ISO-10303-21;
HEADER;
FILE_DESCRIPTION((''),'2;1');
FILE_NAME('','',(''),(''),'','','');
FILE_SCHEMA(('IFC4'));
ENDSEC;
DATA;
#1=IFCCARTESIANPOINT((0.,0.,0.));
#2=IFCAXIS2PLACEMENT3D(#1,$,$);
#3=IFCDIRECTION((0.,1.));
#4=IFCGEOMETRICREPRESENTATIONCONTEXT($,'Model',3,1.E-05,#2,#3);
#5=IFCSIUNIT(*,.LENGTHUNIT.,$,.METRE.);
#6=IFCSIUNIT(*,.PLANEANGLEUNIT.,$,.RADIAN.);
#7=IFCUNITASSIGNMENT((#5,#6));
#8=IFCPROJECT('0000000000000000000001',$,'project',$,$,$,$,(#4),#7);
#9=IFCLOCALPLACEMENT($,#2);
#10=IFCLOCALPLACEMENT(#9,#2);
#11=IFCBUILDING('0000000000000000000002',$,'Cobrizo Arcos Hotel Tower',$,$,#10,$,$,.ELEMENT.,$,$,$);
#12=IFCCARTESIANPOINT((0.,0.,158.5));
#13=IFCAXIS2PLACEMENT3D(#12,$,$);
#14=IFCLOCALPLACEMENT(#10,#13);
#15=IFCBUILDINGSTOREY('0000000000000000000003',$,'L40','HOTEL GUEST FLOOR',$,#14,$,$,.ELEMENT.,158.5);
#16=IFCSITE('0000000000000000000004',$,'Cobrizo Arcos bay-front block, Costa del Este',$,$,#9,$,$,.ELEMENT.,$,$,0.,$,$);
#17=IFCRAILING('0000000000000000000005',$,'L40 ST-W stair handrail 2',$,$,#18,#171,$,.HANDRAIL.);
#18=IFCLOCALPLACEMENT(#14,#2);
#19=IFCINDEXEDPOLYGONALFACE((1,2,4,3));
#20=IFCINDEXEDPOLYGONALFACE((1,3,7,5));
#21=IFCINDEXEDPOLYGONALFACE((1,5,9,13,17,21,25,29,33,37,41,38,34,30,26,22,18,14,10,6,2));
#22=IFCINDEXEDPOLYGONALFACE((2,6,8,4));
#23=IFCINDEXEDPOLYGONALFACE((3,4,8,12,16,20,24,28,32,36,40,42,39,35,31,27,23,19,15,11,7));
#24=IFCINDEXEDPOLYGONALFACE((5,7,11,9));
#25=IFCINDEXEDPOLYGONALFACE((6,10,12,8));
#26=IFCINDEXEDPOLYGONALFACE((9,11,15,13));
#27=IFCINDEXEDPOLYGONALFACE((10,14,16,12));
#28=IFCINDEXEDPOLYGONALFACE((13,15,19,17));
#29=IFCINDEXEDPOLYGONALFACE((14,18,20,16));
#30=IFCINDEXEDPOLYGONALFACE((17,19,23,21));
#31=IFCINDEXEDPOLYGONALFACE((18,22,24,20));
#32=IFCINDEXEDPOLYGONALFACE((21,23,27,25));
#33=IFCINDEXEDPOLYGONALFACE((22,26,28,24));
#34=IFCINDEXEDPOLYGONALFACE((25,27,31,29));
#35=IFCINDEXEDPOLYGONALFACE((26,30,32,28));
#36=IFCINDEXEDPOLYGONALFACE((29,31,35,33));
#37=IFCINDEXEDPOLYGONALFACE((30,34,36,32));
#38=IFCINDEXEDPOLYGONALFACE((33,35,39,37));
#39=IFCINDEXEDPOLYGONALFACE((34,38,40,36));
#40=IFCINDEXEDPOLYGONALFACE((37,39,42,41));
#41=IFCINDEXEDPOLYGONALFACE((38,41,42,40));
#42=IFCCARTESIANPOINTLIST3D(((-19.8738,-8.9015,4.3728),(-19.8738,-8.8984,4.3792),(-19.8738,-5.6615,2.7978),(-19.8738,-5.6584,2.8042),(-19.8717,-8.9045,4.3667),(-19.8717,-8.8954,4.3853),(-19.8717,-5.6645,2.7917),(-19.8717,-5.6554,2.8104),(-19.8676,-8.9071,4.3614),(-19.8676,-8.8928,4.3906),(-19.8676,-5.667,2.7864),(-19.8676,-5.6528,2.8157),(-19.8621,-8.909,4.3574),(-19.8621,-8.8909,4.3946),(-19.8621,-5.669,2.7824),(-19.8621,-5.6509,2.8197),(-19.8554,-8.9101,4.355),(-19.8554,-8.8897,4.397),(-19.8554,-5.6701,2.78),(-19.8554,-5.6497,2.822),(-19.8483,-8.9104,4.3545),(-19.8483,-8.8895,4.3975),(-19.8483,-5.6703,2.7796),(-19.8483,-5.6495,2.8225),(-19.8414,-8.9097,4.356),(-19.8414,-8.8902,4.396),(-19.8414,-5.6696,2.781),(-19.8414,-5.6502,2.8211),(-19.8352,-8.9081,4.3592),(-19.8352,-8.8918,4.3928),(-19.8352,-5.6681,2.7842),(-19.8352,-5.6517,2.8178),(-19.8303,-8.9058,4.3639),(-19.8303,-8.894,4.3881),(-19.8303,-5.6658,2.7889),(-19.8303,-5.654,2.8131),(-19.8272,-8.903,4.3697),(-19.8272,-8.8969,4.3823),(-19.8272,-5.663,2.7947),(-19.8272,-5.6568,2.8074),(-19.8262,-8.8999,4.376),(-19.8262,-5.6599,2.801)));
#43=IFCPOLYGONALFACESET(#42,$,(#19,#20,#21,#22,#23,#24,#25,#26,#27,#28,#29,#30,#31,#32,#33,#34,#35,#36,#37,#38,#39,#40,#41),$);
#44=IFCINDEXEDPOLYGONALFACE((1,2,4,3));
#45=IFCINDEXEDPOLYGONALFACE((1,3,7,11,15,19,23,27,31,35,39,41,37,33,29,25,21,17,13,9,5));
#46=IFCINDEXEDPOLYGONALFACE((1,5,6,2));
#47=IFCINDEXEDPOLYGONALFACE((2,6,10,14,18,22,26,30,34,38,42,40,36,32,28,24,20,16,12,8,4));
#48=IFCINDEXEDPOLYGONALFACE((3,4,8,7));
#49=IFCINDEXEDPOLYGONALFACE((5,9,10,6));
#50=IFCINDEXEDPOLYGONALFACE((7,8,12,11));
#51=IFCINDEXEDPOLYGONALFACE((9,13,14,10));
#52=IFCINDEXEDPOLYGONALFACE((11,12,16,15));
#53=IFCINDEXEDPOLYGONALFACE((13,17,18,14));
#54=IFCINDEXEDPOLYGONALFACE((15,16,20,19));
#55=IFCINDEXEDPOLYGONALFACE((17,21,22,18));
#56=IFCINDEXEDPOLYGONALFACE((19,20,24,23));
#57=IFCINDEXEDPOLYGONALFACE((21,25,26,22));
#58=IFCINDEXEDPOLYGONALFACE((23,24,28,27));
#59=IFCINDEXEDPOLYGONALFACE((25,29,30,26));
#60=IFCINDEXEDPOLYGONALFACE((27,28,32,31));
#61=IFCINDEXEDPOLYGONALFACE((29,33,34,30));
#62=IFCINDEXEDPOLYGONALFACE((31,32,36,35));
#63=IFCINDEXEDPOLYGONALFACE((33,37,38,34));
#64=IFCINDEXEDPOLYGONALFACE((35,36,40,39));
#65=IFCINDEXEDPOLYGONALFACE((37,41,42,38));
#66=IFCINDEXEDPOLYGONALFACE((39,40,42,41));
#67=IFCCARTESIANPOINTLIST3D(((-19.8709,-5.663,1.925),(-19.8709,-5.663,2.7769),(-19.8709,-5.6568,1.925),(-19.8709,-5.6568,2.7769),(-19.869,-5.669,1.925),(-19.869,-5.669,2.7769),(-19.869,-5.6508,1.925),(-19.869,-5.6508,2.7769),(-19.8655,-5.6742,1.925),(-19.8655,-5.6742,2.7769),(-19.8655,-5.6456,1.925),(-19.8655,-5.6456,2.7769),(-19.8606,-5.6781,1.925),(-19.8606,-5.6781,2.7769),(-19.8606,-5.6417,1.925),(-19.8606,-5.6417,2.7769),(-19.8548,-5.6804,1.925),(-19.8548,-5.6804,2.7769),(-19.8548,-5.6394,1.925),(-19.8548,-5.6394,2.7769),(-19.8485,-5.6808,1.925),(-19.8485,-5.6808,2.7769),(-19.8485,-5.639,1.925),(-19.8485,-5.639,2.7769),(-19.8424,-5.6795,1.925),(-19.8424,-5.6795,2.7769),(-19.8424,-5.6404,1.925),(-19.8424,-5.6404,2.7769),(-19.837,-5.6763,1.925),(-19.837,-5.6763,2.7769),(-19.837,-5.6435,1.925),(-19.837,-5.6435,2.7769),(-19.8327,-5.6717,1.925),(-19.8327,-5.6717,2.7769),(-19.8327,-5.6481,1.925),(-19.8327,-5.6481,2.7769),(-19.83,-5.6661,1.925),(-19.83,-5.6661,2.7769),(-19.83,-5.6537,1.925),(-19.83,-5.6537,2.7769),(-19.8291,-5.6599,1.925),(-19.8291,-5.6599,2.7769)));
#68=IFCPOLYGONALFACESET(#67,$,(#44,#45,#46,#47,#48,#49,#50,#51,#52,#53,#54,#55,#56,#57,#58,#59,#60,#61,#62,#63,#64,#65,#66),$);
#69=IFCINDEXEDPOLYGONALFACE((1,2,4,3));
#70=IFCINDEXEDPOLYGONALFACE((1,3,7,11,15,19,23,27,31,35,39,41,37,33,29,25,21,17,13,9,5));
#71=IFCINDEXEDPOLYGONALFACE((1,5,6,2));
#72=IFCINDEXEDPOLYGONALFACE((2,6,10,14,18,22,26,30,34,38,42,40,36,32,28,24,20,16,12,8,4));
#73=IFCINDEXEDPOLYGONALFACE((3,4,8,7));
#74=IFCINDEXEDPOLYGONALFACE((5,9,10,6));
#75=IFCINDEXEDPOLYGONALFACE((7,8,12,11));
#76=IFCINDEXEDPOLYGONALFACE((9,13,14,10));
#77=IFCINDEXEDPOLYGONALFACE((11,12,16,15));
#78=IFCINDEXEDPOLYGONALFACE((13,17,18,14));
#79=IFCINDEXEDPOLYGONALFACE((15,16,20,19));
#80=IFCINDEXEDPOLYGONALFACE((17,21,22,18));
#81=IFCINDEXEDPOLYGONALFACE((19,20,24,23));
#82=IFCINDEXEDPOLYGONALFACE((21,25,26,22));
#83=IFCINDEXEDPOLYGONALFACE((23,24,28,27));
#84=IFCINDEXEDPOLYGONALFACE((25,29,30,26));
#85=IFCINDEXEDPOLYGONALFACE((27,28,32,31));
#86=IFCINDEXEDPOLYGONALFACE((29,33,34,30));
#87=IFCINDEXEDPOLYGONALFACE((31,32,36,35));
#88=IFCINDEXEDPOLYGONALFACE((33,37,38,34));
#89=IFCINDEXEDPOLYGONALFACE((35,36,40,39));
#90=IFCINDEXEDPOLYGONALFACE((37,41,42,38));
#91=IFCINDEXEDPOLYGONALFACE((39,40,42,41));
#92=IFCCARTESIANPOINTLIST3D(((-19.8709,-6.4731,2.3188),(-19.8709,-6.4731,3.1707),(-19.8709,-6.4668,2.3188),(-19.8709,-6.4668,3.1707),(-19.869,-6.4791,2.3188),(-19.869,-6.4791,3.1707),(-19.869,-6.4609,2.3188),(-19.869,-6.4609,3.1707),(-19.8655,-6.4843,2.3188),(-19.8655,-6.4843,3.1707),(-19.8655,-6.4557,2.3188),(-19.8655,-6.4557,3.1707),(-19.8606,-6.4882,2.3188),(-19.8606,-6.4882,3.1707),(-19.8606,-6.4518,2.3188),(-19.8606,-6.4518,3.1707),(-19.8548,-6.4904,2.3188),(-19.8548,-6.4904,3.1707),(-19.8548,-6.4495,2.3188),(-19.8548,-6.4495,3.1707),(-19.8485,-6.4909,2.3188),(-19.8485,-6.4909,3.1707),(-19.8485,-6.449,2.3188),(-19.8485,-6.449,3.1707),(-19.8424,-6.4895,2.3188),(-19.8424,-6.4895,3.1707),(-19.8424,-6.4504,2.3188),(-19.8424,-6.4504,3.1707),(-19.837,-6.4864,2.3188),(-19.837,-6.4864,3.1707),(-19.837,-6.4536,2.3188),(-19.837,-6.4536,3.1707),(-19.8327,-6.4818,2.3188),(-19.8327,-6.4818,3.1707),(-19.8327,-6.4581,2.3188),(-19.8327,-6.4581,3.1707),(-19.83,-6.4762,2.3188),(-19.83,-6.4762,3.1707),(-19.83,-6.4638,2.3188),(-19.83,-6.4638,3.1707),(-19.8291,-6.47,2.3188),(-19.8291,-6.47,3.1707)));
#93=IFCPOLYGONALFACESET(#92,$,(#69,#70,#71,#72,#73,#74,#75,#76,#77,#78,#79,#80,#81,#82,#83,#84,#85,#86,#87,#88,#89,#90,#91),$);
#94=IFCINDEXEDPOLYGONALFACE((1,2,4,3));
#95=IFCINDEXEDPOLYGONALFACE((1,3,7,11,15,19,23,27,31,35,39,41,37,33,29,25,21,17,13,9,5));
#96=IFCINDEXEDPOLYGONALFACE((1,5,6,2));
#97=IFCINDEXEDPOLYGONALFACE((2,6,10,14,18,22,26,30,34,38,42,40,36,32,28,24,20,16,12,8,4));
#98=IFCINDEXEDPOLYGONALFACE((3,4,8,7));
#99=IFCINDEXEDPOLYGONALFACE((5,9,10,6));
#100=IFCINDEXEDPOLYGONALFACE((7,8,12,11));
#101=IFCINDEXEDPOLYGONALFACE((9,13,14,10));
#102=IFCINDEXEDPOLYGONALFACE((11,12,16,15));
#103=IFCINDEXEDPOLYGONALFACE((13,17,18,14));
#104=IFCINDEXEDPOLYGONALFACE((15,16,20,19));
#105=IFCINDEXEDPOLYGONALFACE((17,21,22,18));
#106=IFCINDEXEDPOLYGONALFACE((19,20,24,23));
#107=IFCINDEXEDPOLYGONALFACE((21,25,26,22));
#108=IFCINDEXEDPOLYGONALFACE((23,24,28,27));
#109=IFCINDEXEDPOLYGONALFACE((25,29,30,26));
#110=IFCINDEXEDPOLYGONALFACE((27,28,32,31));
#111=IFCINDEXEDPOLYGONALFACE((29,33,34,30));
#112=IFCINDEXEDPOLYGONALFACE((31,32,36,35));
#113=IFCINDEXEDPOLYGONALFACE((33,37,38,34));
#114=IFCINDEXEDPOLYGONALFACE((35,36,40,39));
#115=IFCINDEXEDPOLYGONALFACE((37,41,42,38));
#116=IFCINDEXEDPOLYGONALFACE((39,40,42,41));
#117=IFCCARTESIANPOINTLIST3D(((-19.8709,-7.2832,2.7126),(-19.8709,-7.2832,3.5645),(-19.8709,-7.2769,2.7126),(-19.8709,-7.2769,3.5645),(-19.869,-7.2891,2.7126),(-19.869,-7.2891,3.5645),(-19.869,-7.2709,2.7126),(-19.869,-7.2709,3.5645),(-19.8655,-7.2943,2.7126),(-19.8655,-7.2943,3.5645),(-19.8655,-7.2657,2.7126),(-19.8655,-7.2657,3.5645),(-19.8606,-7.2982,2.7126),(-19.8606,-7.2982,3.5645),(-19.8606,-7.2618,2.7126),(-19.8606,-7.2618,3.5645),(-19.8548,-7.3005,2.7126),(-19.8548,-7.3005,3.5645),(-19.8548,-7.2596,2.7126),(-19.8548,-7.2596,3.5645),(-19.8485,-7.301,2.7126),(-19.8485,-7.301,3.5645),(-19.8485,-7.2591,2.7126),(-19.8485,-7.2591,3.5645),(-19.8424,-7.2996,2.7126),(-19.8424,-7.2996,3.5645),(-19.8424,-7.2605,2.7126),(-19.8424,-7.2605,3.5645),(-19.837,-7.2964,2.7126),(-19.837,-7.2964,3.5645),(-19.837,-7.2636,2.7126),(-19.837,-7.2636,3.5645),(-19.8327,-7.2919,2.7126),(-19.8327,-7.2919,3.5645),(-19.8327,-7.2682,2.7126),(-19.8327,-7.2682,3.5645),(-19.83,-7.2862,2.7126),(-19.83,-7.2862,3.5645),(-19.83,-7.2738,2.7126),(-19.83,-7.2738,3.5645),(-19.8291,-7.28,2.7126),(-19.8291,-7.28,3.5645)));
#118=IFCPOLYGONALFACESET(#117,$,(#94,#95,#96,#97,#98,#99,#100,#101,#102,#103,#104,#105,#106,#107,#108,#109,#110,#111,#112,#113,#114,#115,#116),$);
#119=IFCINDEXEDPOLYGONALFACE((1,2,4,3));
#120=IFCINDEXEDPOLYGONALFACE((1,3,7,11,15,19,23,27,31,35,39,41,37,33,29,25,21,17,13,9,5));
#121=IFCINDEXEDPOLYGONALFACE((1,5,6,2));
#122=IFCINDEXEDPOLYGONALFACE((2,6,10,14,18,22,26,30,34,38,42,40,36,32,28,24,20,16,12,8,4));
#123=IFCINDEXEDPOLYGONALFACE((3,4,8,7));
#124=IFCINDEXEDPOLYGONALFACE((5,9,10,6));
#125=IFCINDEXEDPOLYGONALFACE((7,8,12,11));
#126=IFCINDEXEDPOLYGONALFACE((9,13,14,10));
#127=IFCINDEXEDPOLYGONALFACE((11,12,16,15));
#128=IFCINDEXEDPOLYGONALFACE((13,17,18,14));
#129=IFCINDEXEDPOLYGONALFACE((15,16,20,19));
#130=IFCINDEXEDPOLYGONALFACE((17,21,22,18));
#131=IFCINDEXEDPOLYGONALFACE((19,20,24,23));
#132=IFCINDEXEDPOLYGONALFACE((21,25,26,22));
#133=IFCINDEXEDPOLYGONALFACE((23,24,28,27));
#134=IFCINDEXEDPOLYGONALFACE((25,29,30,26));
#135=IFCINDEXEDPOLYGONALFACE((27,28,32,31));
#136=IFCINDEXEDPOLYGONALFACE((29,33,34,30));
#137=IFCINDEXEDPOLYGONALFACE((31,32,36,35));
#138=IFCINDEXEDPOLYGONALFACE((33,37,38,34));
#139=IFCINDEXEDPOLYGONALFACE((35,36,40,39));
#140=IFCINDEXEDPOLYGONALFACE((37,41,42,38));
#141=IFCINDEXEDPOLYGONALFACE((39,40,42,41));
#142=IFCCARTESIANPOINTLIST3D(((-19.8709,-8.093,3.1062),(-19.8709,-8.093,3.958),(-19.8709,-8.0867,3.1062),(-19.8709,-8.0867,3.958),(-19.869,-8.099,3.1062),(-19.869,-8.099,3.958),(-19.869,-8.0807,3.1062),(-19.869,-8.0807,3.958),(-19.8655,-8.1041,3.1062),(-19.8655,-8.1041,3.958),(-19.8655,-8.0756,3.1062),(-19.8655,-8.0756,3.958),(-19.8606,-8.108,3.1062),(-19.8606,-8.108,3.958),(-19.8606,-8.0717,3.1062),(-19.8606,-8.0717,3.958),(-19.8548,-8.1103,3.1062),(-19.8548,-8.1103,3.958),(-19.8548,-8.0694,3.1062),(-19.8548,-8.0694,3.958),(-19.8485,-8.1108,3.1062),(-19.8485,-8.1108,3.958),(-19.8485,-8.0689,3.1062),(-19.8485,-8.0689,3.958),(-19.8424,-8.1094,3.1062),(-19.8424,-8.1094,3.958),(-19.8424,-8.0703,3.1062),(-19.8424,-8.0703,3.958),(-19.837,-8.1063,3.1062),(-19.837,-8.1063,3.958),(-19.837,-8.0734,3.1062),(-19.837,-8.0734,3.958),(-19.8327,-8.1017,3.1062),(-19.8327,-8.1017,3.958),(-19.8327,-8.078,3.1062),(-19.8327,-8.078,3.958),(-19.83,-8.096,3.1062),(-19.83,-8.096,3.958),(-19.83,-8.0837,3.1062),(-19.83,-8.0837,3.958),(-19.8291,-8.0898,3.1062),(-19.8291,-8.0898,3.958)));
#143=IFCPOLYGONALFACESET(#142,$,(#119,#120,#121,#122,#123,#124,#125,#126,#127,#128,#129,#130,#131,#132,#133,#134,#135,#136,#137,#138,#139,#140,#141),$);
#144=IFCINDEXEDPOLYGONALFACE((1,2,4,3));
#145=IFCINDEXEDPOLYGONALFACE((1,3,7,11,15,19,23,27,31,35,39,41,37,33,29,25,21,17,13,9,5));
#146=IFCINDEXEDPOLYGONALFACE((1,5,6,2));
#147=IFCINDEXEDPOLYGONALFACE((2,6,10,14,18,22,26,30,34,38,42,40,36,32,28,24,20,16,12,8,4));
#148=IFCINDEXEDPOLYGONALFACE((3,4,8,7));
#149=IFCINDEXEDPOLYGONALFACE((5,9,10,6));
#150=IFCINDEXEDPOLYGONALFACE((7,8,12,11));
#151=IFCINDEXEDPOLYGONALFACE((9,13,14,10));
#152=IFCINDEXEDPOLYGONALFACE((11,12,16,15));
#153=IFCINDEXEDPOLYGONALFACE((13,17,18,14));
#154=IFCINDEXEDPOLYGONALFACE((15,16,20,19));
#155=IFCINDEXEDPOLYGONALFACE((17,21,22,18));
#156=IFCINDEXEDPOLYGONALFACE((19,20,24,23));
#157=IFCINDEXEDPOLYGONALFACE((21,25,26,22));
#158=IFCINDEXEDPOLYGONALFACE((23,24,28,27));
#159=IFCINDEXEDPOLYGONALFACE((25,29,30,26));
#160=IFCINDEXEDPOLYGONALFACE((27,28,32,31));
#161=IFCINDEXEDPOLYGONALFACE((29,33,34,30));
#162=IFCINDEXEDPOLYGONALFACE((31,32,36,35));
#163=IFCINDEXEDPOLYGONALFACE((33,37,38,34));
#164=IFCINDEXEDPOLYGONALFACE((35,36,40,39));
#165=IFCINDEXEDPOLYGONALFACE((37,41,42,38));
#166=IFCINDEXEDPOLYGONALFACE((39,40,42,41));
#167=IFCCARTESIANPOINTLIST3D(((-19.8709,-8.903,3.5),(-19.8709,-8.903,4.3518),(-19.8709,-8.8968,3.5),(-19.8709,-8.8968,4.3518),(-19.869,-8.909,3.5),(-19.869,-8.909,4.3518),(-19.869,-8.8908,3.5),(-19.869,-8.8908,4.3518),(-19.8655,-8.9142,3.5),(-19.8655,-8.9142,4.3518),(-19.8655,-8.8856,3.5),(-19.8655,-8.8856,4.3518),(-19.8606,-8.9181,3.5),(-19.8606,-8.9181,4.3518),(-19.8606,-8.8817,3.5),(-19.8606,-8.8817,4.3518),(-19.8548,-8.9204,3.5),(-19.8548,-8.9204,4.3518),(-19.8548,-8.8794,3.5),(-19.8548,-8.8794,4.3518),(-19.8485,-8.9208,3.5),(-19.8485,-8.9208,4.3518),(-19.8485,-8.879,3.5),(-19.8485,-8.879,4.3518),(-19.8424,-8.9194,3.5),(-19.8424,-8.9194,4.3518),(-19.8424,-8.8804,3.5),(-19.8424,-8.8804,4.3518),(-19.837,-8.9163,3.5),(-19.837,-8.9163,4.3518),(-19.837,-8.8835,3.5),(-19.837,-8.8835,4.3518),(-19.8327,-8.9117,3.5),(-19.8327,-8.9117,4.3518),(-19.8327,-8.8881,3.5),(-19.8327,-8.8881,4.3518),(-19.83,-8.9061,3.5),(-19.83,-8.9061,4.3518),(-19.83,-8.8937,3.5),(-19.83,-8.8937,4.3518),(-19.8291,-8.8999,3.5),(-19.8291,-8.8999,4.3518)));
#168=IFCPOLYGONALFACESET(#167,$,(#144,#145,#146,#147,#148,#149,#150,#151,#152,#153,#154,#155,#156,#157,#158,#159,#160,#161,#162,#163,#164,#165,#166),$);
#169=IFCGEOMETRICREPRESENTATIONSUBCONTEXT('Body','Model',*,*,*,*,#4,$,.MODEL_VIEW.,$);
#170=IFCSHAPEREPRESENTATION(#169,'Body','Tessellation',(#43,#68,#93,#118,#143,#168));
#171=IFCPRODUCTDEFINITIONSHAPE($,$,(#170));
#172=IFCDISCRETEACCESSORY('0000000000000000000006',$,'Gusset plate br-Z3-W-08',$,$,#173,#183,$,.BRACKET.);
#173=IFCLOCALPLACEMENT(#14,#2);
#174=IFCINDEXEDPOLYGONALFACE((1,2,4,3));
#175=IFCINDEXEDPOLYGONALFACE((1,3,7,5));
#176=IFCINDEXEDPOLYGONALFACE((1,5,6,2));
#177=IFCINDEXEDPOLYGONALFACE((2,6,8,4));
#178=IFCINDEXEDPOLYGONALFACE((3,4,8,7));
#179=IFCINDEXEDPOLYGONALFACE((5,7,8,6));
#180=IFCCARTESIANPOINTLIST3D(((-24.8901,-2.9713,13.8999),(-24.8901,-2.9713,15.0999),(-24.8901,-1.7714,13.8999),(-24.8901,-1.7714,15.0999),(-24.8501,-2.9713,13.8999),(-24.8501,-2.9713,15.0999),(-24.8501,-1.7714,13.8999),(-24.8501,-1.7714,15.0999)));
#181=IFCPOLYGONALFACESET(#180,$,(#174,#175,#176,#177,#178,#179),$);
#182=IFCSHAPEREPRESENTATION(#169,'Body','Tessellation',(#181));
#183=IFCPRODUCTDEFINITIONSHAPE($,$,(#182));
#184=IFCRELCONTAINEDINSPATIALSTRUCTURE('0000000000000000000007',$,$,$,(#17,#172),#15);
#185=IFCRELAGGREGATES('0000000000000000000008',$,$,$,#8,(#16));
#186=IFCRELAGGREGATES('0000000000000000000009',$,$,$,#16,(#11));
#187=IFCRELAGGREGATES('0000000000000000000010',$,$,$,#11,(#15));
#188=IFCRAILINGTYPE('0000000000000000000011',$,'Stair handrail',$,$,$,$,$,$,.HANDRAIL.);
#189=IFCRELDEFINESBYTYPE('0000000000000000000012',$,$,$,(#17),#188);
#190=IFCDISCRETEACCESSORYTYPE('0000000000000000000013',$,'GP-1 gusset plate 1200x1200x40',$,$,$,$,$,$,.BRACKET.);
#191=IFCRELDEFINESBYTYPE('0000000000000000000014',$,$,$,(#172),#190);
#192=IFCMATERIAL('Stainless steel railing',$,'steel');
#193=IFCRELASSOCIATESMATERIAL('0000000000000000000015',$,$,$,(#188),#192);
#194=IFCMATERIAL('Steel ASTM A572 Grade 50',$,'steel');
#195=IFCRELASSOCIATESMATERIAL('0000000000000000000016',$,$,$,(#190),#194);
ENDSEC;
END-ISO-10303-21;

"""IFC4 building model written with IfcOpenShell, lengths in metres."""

from ifc_helpers import new_model, si_unit, direction, frame, origin, origin_2d, place, context, subcontext, project, spatial, rectangle, circle, extrude, material, type_object, element, save


model = new_model("IFC4")

# Units and contexts
model_context = context("Model", 3, precision=1e-05, world=origin(), true_north=direction((0.0, 1.0)))
body_context = subcontext(model_context, "Body", "Model", "MODEL_VIEW")
ifc_project = project(units=[si_unit("LENGTHUNIT", "METRE"), si_unit("PLANEANGLEUNIT", "RADIAN")], contexts=[model_context])

# Site, building, storey
site_placement = place(None, origin())
site = spatial("IfcSite", under=ifc_project, at=site_placement, Name="Cobrizo Arcos bay-front block, Costa del Este", CompositionType="ELEMENT", RefElevation=0.0)
building_placement = place(site_placement, origin())
building = spatial("IfcBuilding", under=site, at=building_placement, Name="Cobrizo Arcos Hotel Tower", CompositionType="ELEMENT")
storey_placement = place(building_placement, frame((0.0, 0.0, 158.5)))
storey = spatial("IfcBuildingStorey", under=building, at=storey_placement, Name="L40", Description="HOTEL GUEST FLOOR", CompositionType="ELEMENT", Elevation=158.5)

# Railing
ifc_material_1 = material(Name="Stainless steel railing", Category="steel")
railing_type_1 = type_object("IfcRailingType", Name="Stair handrail", PredefinedType="HANDRAIL", material=ifc_material_1)
railing_1_placement = place(storey_placement, frame((-19.8501, -5.6599, 1.925)))
element("IfcRailing", 1, at=railing_1_placement, inside=storey, type_object=railing_type_1, Name="L40 ST-W stair handrail 2", PredefinedType="HANDRAIL", context=body_context, shape_type="SweptSolid", body=[
    extrude(circle(Radius=0.0239, at=origin_2d()), frame((0.0, 0.0, 0.876), z_axis=(0.0, -0.899373, 0.437183), x_axis=(1.0, 0.0, 0.0)), (0.0, 0.0, 1.0), 3.6025),
    extrude(circle(Radius=0.021, at=origin_2d()), origin(), (0.0, 0.0, 1.0), 0.8518),
    extrude(circle(Radius=0.021, at=origin_2d()), frame((0.0, -0.8101, 0.3938)), (0.0, 0.0, 1.0), 0.8518),
    extrude(circle(Radius=0.021, at=origin_2d()), frame((0.0, -1.6201, 0.7876)), (0.0, 0.0, 1.0), 0.8518),
    extrude(circle(Radius=0.021, at=origin_2d()), frame((0.0, -2.4299, 1.1812)), (0.0, 0.0, 1.0), 0.8518),
    extrude(circle(Radius=0.021, at=origin_2d()), frame((0.0, -3.24, 1.575)), (0.0, 0.0, 1.0), 0.8518),
])

# Discrete accessory
ifc_material_2 = material(Name="Steel ASTM A572 Grade 50", Category="steel")
discrete_accessory_type = type_object("IfcDiscreteAccessoryType", Name="GP-1 gusset plate 1200x1200x40", PredefinedType="BRACKET", material=ifc_material_2)
discrete_accessory_placement = place(storey_placement, frame((-24.8701, -2.3713, 13.8999), z_axis=(0.0, 0.0, 1.0), x_axis=(1.0, 0.0, 0.0)))
element("IfcDiscreteAccessory", 2, at=discrete_accessory_placement, inside=storey, type_object=discrete_accessory_type, Name="Gusset plate br-Z3-W-08", PredefinedType="BRACKET", context=body_context, shape_type="SweptSolid", body=[
    extrude(rectangle(XDim=0.04, YDim=1.2, at=origin_2d()), origin(), (0.0, 0.0, 1.0), 1.2),
])

save(model, "model.ifc")
